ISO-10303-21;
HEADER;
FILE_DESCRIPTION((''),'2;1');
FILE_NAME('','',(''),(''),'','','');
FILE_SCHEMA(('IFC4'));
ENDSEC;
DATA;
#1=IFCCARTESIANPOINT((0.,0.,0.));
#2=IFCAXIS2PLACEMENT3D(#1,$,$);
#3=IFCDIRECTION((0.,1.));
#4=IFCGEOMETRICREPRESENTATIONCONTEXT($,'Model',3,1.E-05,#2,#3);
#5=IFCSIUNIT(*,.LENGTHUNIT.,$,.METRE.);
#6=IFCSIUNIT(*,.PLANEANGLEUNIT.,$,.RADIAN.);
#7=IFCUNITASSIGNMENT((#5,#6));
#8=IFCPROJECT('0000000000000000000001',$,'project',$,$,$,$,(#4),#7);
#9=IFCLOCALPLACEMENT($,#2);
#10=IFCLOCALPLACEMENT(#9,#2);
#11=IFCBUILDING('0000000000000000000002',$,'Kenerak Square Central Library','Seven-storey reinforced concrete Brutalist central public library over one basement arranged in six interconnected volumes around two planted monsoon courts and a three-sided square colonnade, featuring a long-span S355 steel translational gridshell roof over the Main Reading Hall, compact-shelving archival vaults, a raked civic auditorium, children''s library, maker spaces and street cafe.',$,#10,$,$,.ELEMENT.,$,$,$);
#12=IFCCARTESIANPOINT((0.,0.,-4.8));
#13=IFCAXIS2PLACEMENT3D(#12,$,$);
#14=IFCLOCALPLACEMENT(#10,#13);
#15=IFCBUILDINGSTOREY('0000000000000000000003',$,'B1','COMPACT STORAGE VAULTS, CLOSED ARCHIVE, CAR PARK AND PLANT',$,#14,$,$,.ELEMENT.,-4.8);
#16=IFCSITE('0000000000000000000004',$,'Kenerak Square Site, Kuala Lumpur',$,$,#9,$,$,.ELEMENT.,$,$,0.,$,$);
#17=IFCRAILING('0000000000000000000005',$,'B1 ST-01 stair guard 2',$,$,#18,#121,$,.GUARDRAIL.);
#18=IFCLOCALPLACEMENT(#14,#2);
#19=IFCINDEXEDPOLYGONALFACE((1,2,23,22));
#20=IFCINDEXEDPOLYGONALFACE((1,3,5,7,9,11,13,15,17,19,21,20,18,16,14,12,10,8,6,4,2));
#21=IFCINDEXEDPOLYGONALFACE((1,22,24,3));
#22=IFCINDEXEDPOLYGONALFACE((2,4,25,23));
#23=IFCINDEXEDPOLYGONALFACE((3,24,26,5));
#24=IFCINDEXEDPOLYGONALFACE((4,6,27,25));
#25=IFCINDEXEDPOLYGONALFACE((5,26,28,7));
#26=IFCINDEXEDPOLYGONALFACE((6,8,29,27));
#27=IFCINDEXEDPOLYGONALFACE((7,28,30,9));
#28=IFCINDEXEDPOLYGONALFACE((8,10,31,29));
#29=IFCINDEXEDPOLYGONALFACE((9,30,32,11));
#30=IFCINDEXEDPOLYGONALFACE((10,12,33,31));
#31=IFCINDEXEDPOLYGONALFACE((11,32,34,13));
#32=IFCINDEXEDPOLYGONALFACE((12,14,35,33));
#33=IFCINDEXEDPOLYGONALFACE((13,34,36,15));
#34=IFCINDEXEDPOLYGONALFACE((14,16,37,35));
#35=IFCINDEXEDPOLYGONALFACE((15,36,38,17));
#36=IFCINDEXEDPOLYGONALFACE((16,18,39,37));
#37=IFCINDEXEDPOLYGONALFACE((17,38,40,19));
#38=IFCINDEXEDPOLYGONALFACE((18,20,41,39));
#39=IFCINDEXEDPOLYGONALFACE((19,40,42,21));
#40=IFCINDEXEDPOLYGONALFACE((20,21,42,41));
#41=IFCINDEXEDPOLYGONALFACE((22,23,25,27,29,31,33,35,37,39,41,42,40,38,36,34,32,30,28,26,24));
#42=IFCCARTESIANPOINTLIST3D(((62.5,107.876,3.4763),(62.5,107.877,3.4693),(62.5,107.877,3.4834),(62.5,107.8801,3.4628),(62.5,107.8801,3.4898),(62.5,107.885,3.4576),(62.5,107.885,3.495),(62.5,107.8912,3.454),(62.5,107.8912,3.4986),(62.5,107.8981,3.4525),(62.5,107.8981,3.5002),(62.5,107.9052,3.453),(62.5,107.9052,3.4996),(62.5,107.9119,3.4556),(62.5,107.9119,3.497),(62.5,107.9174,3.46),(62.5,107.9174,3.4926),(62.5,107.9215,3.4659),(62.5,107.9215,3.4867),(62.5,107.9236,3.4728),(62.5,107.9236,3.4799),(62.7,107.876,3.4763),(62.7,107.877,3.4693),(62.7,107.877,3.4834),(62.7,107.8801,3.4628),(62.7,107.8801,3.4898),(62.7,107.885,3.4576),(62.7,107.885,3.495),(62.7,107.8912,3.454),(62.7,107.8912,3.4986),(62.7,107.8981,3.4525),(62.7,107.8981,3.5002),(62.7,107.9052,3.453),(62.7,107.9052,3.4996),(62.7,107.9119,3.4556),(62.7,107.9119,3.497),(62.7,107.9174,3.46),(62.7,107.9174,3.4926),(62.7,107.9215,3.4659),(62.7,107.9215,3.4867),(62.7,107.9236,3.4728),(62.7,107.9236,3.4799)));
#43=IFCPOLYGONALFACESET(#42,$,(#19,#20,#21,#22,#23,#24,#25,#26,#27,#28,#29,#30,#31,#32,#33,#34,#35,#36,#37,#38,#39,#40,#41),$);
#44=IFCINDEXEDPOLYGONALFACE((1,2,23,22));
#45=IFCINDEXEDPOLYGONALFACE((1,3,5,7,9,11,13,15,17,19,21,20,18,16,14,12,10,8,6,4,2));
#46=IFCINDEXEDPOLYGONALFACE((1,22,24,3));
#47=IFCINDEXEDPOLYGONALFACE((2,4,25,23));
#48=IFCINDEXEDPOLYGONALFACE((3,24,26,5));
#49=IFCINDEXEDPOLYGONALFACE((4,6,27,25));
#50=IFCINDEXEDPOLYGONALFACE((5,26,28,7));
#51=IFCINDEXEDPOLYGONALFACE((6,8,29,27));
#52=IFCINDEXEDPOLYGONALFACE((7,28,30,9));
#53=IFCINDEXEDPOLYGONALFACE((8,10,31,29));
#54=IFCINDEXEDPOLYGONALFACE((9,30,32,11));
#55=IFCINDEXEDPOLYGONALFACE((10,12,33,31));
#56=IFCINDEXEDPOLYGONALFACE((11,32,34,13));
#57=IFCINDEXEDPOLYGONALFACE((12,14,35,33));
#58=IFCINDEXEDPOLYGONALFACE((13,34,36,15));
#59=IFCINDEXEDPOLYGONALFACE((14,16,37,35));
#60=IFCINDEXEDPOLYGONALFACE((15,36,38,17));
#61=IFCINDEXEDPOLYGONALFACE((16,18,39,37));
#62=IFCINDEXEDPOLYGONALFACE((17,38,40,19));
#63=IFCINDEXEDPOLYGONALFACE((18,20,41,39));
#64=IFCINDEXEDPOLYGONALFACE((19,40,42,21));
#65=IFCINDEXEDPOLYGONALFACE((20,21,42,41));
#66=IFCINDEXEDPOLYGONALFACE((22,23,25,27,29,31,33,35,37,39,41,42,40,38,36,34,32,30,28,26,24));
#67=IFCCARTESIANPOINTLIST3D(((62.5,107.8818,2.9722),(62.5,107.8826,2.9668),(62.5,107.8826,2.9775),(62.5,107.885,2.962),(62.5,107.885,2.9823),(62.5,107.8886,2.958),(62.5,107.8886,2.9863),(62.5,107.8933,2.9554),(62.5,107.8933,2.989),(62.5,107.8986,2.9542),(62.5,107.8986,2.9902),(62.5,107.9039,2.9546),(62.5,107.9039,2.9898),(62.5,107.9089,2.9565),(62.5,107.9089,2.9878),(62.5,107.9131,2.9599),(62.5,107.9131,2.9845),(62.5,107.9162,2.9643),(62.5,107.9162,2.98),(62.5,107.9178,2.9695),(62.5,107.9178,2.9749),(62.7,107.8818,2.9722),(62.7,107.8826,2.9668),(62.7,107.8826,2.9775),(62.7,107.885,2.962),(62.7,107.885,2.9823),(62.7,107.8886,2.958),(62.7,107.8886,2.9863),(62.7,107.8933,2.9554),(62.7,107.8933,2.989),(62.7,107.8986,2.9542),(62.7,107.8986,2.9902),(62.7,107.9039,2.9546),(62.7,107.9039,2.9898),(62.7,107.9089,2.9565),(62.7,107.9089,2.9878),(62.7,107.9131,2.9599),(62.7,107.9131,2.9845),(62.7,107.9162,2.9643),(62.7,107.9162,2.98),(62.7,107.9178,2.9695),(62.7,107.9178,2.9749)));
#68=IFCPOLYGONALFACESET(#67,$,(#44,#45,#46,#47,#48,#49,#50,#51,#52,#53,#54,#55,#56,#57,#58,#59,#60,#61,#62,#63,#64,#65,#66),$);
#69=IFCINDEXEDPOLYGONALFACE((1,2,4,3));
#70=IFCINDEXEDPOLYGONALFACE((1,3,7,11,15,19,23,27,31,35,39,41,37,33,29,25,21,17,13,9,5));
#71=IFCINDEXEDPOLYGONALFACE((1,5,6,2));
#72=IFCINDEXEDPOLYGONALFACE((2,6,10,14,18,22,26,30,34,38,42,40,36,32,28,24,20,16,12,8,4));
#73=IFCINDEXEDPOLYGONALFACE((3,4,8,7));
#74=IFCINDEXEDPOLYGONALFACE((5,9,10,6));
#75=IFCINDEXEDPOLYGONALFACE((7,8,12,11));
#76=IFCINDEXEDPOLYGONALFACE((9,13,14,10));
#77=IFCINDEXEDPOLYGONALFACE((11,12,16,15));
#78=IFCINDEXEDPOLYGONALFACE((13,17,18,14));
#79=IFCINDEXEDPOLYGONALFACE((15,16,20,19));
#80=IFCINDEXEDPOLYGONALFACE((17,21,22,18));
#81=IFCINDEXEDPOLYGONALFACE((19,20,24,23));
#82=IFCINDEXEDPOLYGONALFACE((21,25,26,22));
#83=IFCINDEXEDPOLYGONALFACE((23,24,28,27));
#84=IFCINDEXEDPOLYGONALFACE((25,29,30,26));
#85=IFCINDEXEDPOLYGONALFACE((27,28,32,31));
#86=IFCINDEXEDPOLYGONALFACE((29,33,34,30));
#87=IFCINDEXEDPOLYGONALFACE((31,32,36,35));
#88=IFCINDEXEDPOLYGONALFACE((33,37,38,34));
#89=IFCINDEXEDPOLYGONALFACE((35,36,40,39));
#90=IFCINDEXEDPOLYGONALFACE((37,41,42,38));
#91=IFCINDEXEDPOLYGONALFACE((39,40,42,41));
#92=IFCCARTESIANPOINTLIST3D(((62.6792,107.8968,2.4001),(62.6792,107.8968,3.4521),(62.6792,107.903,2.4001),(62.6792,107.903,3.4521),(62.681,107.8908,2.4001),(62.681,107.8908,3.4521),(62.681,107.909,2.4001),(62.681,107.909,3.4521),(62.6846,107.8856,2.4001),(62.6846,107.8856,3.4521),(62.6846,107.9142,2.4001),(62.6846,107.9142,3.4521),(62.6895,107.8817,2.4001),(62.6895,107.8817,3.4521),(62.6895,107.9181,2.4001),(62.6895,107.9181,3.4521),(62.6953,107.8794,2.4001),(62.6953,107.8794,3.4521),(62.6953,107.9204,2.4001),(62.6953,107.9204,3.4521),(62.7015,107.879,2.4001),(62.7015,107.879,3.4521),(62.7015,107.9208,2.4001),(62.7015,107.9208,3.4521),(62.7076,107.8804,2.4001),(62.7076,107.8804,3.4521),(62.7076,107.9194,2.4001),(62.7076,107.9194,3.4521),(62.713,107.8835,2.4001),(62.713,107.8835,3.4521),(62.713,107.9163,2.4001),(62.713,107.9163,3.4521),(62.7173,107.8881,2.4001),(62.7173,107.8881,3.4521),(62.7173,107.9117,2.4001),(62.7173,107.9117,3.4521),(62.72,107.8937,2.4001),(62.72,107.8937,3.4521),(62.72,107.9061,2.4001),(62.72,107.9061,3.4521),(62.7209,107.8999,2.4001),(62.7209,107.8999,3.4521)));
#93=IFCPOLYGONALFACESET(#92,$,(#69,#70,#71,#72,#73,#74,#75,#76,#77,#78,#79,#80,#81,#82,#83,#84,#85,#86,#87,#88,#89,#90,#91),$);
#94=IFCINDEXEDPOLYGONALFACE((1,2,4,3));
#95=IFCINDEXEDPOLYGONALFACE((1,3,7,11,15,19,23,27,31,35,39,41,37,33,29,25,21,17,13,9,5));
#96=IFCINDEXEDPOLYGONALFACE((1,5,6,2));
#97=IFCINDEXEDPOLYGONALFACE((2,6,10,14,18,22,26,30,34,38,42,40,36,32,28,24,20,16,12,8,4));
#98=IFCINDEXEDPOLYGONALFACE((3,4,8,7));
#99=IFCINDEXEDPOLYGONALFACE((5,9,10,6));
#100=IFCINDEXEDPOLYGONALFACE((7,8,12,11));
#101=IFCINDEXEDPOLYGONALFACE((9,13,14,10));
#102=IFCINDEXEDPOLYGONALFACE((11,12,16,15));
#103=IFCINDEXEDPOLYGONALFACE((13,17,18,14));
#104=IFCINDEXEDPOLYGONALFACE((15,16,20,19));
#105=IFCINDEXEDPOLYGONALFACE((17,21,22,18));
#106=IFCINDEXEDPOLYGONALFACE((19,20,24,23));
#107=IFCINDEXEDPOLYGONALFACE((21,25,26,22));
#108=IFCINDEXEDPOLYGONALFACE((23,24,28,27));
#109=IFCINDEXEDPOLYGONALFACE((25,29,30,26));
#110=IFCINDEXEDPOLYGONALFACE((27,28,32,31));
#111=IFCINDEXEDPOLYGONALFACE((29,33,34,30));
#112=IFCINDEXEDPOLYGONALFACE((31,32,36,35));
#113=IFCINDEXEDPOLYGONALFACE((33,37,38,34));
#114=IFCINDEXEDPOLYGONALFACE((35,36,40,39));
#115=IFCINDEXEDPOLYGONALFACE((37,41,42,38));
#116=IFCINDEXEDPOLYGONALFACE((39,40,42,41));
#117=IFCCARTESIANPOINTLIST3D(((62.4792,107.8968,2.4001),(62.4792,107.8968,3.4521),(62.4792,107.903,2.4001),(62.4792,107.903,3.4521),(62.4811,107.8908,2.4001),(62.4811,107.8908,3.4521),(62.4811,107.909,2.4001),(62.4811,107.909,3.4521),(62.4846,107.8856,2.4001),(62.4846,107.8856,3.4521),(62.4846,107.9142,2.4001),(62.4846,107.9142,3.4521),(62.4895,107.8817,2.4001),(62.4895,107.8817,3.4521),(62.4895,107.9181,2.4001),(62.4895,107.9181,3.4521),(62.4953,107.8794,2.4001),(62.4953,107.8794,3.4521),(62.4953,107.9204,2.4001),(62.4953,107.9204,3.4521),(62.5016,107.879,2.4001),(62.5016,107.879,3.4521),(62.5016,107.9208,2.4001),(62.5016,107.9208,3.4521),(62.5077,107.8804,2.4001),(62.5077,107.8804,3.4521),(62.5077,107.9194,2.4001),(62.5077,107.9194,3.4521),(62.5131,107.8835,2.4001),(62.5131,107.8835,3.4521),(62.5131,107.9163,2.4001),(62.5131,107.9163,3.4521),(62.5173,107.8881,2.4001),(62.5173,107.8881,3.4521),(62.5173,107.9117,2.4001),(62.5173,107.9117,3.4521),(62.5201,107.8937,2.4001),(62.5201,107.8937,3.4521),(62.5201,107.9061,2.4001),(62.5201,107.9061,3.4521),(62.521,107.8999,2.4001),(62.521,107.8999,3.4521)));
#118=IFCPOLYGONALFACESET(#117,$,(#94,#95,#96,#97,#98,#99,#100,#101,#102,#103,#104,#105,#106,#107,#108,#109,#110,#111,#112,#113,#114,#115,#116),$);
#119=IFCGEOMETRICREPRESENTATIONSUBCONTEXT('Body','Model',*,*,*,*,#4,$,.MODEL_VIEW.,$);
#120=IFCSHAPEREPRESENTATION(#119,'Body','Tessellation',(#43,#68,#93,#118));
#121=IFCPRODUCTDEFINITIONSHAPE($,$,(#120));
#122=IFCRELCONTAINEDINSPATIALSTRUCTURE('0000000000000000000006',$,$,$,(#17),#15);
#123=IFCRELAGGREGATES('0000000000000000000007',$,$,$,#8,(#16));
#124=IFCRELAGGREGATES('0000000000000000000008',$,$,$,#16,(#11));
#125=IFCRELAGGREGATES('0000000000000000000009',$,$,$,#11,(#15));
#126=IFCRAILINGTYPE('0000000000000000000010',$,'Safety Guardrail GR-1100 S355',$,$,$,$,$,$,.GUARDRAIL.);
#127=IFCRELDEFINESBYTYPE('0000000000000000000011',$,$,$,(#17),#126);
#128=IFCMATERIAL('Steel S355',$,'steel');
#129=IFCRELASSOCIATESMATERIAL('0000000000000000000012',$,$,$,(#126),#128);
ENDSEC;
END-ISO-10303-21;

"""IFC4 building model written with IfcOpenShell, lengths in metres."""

from ifc_helpers import new_model, si_unit, direction, frame, origin, origin_2d, place, context, subcontext, project, spatial, circle, extrude, material, type_object, element, save


model = new_model("IFC4")

# Units and contexts
model_context = context("Model", 3, precision=1e-05, world=origin(), true_north=direction((0.0, 1.0)))
body_context = subcontext(model_context, "Body", "Model", "MODEL_VIEW")
ifc_project = project(units=[si_unit("LENGTHUNIT", "METRE"), si_unit("PLANEANGLEUNIT", "RADIAN")], contexts=[model_context])

# Site, building, storey
site_placement = place(None, origin())
site = spatial("IfcSite", under=ifc_project, at=site_placement, Name="Kenerak Square Site, Kuala Lumpur", CompositionType="ELEMENT", RefElevation=0.0)
building_placement = place(site_placement, origin())
building = spatial("IfcBuilding", under=site, at=building_placement, Name="Kenerak Square Central Library", Description="Seven-storey reinforced concrete Brutalist central public library over one basement arranged in six interconnected volumes around two planted monsoon courts and a three-sided square colonnade, featuring a long-span S355 steel translational gridshell roof over the Main Reading Hall, compact-shelving archival vaults, a raked civic auditorium, children's library, maker spaces and street cafe.", CompositionType="ELEMENT")
storey_placement = place(building_placement, frame((0.0, 0.0, -4.8)))
storey = spatial("IfcBuildingStorey", under=building, at=storey_placement, Name="B1", Description="COMPACT STORAGE VAULTS, CLOSED ARCHIVE, CAR PARK AND PLANT", CompositionType="ELEMENT", Elevation=-4.8)

# Railing
ifc_material_1 = material(Name="Steel S355", Category="steel")
railing_type_1 = type_object("IfcRailingType", Name="Safety Guardrail GR-1100 S355", PredefinedType="GUARDRAIL", material=ifc_material_1)
railing_1_placement = place(storey_placement, frame((62.7, 107.8999, 2.4001)))
element("IfcRailing", 1, at=railing_1_placement, inside=storey, type_object=railing_type_1, Name="B1 ST-01 stair guard 2", PredefinedType="GUARDRAIL", context=body_context, shape_type="SweptSolid", body=[
    extrude(circle(Radius=0.0239, at=origin_2d()), frame((0.0, 0.0, 1.0762), z_axis=(-1.0, 0.0, 0.0), x_axis=(0.0, -1.0, 0.0)), (0.0, 0.0, 1.0), 0.2),
    extrude(circle(Radius=0.0181, at=origin_2d()), frame((0.0, 0.0, 0.572), z_axis=(-1.0, 0.0, 0.0), x_axis=(0.0, -1.0, 0.0)), (0.0, 0.0, 1.0), 0.2),
    extrude(circle(Radius=0.021, at=origin_2d()), origin(), (0.0, 0.0, 1.0), 1.052),
    extrude(circle(Radius=0.021, at=origin_2d()), frame((-0.2, 0.0, 0.0)), (0.0, 0.0, 1.0), 1.052),
])

save(model, "model.ifc")
